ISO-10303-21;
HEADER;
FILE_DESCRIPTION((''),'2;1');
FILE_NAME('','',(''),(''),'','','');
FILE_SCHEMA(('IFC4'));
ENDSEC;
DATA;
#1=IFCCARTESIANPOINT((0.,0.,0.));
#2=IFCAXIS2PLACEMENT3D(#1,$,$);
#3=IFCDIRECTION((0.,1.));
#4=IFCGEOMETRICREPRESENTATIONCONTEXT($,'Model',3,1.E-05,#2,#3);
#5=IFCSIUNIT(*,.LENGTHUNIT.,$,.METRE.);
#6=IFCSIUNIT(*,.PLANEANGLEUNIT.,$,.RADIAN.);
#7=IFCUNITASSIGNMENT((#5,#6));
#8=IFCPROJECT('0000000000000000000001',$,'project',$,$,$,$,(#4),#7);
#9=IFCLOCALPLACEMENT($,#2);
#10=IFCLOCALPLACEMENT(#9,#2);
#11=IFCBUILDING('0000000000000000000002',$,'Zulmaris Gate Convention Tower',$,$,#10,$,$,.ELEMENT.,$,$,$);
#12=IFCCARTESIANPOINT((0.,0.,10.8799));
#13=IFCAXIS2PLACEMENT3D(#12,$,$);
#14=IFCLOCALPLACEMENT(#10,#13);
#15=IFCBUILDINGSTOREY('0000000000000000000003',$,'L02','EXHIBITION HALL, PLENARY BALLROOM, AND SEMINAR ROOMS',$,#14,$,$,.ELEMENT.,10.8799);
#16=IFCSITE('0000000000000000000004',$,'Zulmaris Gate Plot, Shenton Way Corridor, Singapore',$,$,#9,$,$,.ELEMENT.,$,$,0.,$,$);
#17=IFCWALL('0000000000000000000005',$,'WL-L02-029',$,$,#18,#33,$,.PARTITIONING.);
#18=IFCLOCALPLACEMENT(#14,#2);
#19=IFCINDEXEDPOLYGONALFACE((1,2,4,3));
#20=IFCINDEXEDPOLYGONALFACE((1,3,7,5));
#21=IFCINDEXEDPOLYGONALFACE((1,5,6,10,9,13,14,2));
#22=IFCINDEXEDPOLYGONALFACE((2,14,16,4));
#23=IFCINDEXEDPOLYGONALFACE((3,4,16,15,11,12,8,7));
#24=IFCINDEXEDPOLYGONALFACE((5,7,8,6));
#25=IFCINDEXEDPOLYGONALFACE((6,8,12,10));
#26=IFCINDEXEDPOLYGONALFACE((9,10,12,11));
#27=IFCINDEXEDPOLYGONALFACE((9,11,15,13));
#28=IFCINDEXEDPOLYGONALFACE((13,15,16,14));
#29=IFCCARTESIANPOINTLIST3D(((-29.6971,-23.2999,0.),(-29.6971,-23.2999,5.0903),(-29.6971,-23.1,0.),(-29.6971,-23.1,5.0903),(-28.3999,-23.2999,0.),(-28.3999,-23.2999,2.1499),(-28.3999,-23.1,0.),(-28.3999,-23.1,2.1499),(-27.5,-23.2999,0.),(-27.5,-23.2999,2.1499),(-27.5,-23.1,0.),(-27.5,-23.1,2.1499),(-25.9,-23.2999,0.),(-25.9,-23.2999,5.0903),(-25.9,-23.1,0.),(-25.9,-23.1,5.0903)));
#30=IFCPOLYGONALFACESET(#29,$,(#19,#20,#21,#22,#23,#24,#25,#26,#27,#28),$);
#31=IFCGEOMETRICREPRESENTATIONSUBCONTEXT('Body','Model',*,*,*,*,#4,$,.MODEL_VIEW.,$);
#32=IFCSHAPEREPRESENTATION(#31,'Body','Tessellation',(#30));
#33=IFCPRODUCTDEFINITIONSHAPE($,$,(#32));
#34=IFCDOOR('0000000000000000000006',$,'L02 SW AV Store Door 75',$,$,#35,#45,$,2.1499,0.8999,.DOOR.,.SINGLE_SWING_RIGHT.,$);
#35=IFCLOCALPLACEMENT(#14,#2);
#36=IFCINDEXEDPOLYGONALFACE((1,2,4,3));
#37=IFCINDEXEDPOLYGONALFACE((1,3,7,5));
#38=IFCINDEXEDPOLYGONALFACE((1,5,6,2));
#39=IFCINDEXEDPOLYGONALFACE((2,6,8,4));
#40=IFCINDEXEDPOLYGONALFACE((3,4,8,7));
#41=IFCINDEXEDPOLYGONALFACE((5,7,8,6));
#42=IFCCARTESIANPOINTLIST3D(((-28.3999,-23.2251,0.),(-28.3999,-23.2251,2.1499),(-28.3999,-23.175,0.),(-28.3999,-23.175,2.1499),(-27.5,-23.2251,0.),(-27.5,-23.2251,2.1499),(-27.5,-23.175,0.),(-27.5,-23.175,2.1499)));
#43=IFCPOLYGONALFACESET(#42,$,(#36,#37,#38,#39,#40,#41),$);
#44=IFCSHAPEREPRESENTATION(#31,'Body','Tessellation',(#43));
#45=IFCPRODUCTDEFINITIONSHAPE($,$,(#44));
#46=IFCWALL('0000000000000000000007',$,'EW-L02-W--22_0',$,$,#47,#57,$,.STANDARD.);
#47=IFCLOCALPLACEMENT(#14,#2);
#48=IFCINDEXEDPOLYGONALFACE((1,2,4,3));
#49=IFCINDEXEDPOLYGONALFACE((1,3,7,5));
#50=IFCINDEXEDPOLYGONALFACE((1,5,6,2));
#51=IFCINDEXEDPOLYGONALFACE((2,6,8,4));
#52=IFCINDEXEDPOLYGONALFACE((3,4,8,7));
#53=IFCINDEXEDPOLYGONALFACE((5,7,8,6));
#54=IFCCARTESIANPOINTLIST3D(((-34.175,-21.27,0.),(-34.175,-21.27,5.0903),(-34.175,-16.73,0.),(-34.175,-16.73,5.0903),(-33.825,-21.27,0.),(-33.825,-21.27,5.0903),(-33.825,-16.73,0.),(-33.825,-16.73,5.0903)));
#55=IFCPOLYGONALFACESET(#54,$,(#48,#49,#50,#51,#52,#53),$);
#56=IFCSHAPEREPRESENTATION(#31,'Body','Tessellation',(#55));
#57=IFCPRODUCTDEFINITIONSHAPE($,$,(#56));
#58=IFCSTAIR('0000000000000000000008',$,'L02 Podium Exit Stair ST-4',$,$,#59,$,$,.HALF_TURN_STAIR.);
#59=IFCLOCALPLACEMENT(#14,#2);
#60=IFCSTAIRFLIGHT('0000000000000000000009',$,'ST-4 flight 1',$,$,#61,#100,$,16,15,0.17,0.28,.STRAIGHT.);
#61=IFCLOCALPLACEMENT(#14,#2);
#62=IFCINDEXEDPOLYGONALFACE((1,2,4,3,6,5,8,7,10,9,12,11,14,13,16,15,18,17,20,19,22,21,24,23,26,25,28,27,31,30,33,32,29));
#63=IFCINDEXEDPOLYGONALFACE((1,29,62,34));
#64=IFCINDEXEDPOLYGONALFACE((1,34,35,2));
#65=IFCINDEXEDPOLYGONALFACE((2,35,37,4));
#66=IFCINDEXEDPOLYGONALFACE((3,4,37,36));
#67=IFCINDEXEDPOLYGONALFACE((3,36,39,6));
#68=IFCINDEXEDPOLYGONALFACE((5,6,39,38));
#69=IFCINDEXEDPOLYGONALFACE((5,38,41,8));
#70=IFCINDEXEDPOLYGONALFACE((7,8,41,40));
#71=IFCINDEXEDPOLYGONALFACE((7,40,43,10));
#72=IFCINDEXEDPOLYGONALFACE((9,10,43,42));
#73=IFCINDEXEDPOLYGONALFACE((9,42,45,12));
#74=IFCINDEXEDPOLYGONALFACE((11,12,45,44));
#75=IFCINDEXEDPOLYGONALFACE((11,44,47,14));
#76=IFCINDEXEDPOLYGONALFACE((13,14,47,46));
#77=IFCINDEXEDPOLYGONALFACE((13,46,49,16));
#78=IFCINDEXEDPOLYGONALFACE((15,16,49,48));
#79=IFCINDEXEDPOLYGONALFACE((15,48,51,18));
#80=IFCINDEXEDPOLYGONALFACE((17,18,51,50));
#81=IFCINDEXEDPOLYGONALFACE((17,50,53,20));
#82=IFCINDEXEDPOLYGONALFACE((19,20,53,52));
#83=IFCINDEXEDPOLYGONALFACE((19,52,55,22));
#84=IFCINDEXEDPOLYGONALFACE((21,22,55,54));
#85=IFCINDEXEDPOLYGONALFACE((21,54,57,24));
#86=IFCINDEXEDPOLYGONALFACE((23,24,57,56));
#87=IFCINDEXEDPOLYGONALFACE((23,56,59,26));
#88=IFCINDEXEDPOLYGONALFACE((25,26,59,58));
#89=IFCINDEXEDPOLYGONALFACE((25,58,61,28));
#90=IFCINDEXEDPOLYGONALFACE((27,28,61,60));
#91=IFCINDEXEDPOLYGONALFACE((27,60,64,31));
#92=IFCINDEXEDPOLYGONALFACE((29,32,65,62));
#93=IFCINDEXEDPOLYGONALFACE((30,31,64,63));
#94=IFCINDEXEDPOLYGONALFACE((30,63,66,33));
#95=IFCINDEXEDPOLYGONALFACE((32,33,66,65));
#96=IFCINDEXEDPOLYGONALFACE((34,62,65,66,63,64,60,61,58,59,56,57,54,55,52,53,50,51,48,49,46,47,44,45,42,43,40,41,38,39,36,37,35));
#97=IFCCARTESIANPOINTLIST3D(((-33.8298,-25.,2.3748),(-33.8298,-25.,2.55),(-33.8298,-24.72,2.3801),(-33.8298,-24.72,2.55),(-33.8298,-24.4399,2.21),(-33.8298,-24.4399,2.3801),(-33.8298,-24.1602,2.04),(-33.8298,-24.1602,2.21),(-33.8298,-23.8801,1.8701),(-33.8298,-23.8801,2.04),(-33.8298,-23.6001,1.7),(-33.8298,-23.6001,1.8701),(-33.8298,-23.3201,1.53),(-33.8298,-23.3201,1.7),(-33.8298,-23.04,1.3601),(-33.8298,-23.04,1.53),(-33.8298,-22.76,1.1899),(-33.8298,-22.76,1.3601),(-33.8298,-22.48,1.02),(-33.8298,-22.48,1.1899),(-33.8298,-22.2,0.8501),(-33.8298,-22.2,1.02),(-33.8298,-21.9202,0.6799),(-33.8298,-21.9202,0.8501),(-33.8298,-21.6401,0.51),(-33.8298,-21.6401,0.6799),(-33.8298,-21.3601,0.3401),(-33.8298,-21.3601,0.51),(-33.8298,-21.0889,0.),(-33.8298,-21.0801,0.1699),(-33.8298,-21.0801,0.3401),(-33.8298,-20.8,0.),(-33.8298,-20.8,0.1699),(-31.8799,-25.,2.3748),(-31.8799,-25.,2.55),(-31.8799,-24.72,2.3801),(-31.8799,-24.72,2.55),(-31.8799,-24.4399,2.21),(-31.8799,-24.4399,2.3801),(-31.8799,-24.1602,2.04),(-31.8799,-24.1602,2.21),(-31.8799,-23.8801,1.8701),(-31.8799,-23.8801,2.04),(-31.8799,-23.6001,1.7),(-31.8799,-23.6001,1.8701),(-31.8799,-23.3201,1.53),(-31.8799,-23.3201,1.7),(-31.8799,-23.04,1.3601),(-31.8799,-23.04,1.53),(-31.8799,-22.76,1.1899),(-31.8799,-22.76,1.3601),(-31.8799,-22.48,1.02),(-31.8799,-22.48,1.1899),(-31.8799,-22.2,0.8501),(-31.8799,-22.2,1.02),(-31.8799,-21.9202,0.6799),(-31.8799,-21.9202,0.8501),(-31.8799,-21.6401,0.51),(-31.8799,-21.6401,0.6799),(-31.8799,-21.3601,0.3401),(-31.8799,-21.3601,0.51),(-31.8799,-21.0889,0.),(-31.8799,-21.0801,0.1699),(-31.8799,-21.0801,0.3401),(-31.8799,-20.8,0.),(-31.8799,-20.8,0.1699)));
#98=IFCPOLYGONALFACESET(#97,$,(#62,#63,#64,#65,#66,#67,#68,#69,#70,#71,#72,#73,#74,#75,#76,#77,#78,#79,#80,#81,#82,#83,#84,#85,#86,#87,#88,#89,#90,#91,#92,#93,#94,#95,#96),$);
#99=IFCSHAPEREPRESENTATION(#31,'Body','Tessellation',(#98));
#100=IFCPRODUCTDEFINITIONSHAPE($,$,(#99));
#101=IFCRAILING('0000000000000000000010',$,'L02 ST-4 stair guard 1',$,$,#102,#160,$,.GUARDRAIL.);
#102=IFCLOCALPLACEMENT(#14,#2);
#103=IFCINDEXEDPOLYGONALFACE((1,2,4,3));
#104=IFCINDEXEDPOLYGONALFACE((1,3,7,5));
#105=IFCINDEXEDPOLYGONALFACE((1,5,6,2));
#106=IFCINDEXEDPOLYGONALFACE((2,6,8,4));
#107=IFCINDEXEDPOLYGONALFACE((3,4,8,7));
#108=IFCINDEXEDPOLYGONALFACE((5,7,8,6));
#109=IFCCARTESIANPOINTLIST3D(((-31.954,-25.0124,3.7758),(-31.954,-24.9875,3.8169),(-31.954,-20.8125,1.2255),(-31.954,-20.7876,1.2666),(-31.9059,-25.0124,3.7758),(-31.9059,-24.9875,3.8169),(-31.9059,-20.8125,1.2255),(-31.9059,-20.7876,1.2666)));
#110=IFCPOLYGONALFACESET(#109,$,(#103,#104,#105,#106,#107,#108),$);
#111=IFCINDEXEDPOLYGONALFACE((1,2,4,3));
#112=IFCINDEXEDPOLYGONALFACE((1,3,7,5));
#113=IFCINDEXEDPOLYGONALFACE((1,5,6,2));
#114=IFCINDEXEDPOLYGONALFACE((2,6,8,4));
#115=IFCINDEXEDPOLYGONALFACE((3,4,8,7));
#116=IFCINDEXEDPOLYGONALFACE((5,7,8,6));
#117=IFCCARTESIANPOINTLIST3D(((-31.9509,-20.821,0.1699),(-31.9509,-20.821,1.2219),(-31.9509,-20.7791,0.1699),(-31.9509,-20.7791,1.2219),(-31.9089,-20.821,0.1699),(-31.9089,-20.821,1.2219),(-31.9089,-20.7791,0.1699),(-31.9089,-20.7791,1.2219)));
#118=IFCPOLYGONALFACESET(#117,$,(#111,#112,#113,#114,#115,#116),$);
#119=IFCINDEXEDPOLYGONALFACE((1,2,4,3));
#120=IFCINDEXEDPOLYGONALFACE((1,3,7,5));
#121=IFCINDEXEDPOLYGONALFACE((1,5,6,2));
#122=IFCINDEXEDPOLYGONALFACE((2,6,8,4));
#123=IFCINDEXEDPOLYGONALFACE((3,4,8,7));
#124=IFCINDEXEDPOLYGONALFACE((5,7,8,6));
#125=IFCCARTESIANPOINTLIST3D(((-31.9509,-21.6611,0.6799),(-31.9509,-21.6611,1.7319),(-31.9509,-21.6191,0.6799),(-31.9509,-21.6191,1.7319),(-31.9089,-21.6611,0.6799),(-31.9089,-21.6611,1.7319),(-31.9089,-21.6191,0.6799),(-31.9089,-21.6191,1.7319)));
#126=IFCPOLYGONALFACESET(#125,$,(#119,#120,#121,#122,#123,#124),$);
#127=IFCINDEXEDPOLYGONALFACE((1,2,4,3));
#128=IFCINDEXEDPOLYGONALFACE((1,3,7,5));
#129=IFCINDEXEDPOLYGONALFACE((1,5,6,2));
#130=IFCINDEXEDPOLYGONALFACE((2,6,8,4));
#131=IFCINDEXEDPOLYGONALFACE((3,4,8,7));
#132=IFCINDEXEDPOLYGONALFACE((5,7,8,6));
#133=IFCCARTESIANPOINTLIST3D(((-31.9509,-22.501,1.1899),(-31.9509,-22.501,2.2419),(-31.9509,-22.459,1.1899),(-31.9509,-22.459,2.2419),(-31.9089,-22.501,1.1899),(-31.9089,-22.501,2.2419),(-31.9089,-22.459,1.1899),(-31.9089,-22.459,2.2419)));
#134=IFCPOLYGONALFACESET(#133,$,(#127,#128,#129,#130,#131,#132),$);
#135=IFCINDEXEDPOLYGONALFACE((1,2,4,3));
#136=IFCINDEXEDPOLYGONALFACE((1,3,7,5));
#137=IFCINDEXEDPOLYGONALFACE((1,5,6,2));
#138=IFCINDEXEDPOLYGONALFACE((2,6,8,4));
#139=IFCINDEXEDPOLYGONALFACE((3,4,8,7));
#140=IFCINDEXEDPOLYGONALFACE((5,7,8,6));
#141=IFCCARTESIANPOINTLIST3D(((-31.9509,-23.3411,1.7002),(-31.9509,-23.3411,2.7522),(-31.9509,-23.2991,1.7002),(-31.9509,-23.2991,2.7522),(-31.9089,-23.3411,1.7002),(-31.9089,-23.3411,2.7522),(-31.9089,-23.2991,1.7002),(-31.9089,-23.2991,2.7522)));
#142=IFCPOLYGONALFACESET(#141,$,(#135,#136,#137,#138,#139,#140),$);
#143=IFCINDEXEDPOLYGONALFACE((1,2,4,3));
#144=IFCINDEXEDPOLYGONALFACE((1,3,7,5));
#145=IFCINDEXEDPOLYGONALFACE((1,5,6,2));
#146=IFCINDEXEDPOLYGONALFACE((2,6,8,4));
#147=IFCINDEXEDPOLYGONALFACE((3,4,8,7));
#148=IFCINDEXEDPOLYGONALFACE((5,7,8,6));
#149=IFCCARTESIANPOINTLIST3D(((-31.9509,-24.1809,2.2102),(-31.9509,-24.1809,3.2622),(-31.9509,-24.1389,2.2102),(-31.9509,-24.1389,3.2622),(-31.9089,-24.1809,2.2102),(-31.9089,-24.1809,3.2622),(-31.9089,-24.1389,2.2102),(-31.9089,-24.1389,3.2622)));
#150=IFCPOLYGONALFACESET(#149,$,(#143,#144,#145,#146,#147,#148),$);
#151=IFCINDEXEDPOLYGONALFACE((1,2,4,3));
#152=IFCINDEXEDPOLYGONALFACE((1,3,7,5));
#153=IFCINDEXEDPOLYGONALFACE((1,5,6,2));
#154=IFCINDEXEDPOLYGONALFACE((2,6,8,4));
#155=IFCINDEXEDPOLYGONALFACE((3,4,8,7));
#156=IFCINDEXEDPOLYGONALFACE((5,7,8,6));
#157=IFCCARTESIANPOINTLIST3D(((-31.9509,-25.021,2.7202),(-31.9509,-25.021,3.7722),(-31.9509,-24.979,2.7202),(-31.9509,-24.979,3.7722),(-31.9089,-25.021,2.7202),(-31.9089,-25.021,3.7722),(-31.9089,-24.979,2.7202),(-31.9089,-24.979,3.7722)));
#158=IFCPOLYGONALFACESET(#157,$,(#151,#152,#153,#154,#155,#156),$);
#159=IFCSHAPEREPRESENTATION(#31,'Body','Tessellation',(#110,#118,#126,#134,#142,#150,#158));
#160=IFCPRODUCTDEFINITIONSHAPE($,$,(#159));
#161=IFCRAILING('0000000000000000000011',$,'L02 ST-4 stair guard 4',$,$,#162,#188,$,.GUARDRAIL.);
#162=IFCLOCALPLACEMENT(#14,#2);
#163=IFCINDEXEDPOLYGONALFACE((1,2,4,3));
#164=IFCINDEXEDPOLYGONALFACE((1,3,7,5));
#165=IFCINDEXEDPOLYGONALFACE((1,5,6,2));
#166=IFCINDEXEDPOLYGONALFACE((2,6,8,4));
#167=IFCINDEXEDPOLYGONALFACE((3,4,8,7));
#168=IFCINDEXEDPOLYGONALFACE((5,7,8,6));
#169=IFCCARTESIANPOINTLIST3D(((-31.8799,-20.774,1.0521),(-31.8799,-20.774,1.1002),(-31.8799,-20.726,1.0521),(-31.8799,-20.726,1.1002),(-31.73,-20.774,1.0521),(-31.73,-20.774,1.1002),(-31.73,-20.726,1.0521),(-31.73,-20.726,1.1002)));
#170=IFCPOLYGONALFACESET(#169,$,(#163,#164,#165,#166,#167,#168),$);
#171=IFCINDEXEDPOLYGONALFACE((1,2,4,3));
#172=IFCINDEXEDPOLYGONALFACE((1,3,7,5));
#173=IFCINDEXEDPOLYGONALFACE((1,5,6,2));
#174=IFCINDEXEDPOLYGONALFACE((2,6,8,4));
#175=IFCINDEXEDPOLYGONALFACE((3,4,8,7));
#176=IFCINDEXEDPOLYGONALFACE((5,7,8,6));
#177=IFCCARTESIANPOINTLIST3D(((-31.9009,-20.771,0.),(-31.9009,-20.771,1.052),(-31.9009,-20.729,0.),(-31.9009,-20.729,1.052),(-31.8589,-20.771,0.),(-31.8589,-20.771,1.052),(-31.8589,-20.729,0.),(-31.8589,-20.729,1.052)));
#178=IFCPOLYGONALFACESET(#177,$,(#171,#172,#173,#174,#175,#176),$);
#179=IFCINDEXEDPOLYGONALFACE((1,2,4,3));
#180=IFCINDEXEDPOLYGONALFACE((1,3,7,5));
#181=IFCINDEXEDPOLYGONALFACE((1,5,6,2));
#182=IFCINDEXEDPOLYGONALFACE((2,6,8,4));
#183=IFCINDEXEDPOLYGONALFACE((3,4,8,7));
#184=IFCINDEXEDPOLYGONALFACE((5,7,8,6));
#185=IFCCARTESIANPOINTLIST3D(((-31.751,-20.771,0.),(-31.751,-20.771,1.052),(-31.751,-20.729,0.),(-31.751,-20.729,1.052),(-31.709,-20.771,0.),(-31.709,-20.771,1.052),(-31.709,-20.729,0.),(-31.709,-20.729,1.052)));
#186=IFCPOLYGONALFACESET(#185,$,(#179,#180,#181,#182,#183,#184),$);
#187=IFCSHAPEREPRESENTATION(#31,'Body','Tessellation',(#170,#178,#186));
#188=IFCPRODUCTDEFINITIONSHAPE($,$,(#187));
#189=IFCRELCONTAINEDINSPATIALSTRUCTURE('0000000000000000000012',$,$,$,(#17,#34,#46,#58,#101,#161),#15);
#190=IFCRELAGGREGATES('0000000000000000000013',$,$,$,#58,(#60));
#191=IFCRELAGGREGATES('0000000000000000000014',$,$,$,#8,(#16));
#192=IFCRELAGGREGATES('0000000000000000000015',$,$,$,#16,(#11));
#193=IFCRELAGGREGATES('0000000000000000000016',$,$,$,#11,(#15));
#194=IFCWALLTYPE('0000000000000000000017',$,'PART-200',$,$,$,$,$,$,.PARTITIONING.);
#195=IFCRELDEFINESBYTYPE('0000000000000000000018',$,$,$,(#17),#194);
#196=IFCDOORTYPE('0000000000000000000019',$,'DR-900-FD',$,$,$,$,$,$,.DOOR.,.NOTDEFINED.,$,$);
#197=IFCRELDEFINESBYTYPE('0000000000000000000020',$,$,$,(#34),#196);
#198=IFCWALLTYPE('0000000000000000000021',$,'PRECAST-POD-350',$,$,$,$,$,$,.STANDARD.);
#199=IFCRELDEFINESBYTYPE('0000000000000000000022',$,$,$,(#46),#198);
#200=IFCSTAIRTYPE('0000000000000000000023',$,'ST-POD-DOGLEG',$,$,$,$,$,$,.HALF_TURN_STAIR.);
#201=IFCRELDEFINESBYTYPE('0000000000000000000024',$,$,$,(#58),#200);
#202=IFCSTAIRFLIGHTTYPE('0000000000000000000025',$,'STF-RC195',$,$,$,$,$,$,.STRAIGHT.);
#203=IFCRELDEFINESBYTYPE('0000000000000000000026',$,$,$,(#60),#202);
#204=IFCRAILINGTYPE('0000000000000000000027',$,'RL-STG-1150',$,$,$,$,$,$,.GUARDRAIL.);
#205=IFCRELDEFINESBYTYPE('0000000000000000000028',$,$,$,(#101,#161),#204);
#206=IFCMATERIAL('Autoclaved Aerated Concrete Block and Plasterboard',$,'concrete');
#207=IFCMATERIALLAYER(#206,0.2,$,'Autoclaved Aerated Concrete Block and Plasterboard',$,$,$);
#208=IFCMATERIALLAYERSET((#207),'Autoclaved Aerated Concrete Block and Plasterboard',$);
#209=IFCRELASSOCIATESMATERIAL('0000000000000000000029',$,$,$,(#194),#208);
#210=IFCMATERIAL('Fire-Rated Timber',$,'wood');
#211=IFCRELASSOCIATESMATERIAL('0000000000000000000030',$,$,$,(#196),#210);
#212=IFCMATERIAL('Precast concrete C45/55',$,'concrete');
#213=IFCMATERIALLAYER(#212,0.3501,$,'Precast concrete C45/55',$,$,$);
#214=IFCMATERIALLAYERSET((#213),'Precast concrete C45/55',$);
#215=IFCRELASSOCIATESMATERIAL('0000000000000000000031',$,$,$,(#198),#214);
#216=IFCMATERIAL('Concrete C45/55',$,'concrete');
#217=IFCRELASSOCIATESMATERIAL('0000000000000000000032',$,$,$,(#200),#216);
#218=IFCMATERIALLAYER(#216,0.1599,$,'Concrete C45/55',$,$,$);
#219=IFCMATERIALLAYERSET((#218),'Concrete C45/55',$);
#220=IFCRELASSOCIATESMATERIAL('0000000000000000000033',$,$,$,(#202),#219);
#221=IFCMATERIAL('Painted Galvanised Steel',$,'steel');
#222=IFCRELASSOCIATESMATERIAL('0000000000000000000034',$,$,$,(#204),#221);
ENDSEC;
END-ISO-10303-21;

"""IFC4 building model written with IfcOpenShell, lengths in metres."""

from ifc_helpers import new_model, si_unit, direction, frame, frame_2d, origin, origin_2d, place, context, subcontext, project, spatial, polyline, rectangle, outline, extrude, material, layer, layer_set, type_object, element, fill, aggregate, save


model = new_model("IFC4")

# Units and contexts
model_context = context("Model", 3, precision=1e-05, world=origin(), true_north=direction((0.0, 1.0)))
body_context = subcontext(model_context, "Body", "Model", "MODEL_VIEW")
ifc_project = project(units=[si_unit("LENGTHUNIT", "METRE"), si_unit("PLANEANGLEUNIT", "RADIAN")], contexts=[model_context])

# Site, building, storey
site_placement = place(None, origin())
site = spatial("IfcSite", under=ifc_project, at=site_placement, Name="Zulmaris Gate Plot, Shenton Way Corridor, Singapore", CompositionType="ELEMENT", RefElevation=0.0)
building_placement = place(site_placement, origin())
building = spatial("IfcBuilding", under=site, at=building_placement, Name="Zulmaris Gate Convention Tower", CompositionType="ELEMENT")
storey_placement = place(building_placement, frame((0.0, 0.0, 10.8799)))
storey = spatial("IfcBuildingStorey", under=building, at=storey_placement, Name="L02", Description="EXHIBITION HALL, PLENARY BALLROOM, AND SEMINAR ROOMS", CompositionType="ELEMENT", Elevation=10.8799)

# Shared definitions
ifc_material_1 = material(Name="Fire-Rated Timber", Category="wood")

# Wall, opening, door
ifc_material_2 = material(Name="Autoclaved Aerated Concrete Block and Plasterboard", Category="concrete")
ifc_layer_1 = layer(ifc_material_2, 0.2, Name="Autoclaved Aerated Concrete Block and Plasterboard")
ifc_layer_set_1 = layer_set([ifc_layer_1], Name="Autoclaved Aerated Concrete Block and Plasterboard")
wall_type_1 = type_object("IfcWallType", Name="PART-200", PredefinedType="PARTITIONING", material=ifc_layer_set_1)
wall_1_placement = place(storey_placement, frame((-29.697, -23.2, 0.0), z_axis=(0.0, 0.0, 1.0), x_axis=(1.0, 0.0, 0.0)))
wall_1 = element("IfcWall", 1, at=wall_1_placement, inside=storey, type_object=wall_type_1, Name="WL-L02-029", PredefinedType="PARTITIONING", context=body_context, shape_type="SweptSolid", body=[
    extrude(rectangle(XDim=3.7971, YDim=0.2, at=frame_2d((1.8984, 0.0))), origin(), (0.0, 0.0, 1.0), 5.0903),
])
opening_1_placement = place(wall_1_placement, frame((1.2971, 0.0, 0.0)))
opening_1 = element("IfcOpeningElement", 2, at=opening_1_placement, cuts=wall_1, PredefinedType="OPENING", context=body_context, shape_type="SweptSolid", body=[
    extrude(rectangle(XDim=0.8999, YDim=2.1499, at=frame_2d((0.45, 1.075))), frame((0.0, 0.1099, 0.0), z_axis=(0.0, -1.0, 0.0), x_axis=(1.0, 0.0, 0.0)), (0.0, 0.0, 1.0), 0.22),
])
door_type_1 = type_object("IfcDoorType", Name="DR-900-FD", OperationType="NOTDEFINED", PredefinedType="DOOR", material=ifc_material_1)
door_1_placement = place(opening_1_placement, origin())
door_1 = element("IfcDoor", 3, at=door_1_placement, inside=storey, type_object=door_type_1, Name="L02 SW AV Store Door 75", OperationType="SINGLE_SWING_RIGHT", OverallHeight=2.1499, OverallWidth=0.8999, PredefinedType="DOOR", context=body_context, shape_type="SweptSolid", body=[
    extrude(rectangle(XDim=0.8999, YDim=2.1499, at=frame_2d((0.45, 1.075))), frame((0.0, 0.0249, 0.0), z_axis=(0.0, -1.0, 0.0), x_axis=(1.0, 0.0, 0.0)), (0.0, 0.0, 1.0), 0.05),
])
fill(opening_1, door_1)

# Wall
ifc_material_3 = material(Name="Precast concrete C45/55", Category="concrete")
ifc_layer_2 = layer(ifc_material_3, 0.3501, Name="Precast concrete C45/55")
ifc_layer_set_2 = layer_set([ifc_layer_2], Name="Precast concrete C45/55")
wall_type_2 = type_object("IfcWallType", Name="PRECAST-POD-350", PredefinedType="STANDARD", material=ifc_layer_set_2)
wall_2_placement = place(storey_placement, frame((-34.0, -21.27, 0.0), z_axis=(0.0, 0.0, 1.0), x_axis=(0.0, 1.0, 0.0)))
element("IfcWall", 4, at=wall_2_placement, inside=storey, type_object=wall_type_2, Name="EW-L02-W--22_0", PredefinedType="STANDARD", context=body_context, shape_type="SweptSolid", body=[
    extrude(rectangle(XDim=4.54, YDim=0.3501, at=frame_2d((2.27, 0.0))), origin(), (0.0, 0.0, 1.0), 5.0903),
])

# Stair, stair flight
ifc_material_4 = material(Name="Concrete C45/55", Category="concrete")
stair_type = type_object("IfcStairType", Name="ST-POD-DOGLEG", PredefinedType="HALF_TURN_STAIR", material=ifc_material_4)
stair_placement = place(storey_placement, origin())
stair = element("IfcStair", 5, at=stair_placement, inside=storey, type_object=stair_type, Name="L02 Podium Exit Stair ST-4", PredefinedType="HALF_TURN_STAIR")
ifc_layer_3 = layer(ifc_material_4, 0.1599, Name="Concrete C45/55")
ifc_layer_set_3 = layer_set([ifc_layer_3], Name="Concrete C45/55")
stair_flight_type = type_object("IfcStairFlightType", Name="STF-RC195", PredefinedType="STRAIGHT", material=ifc_layer_set_3)
stair_flight_placement = place(storey_placement, frame((-32.855, -20.8, 0.0), z_axis=(0.0, 0.0, 1.0), x_axis=(0.0, -1.0, 0.0)))
stair_flight = element("IfcStairFlight", 6, at=stair_flight_placement, type_object=stair_flight_type, Name="ST-4 flight 1", NumberOfRisers=16, NumberOfTreads=15, PredefinedType="STRAIGHT", RiserHeight=0.17, TreadLength=0.28, context=body_context, shape_type="SweptSolid", body=[
    extrude(outline(polyline([(0.0, 0.0), (0.0, 0.1699), (0.28, 0.1699), (0.28, 0.3401), (0.5601, 0.3401), (0.5601, 0.51), (0.8401, 0.51), (0.8401, 0.6799), (1.1201, 0.6799), (1.1201, 0.8501), (1.3999, 0.8501), (1.3999, 1.02), (1.6799, 1.02), (1.6799, 1.1899), (1.96, 1.1899), (1.96, 1.3601), (2.24, 1.3601), (2.24, 1.53), (2.52, 1.53), (2.52, 1.7), (2.8, 1.7), (2.8, 1.8701), (3.0801, 1.8701), (3.0801, 2.04), (3.3601, 2.04), (3.3601, 2.21), (3.6399, 2.21), (3.6399, 2.3801), (3.9199, 2.3801), (3.9199, 2.55), (4.2, 2.55), (4.2, 2.7202), (4.2, 2.3748), (0.2888, 0.0), (0.0, 0.0)])), frame((0.0, 0.9751, 0.0), z_axis=(0.0, -1.0, 0.0), x_axis=(1.0, 0.0, 0.0)), (0.0, 0.0, 1.0), 1.95),
])
aggregate(stair, [stair_flight])

# Railings
ifc_material_5 = material(Name="Painted Galvanised Steel", Category="steel")
railing_type_1 = type_object("IfcRailingType", Name="RL-STG-1150", PredefinedType="GUARDRAIL", material=ifc_material_5)
railing_1_placement = place(storey_placement, frame((-31.9299, -20.8, 0.1699)))
element("IfcRailing", 7, at=railing_1_placement, inside=storey, type_object=railing_type_1, Name="L02 ST-4 stair guard 1", PredefinedType="GUARDRAIL", context=body_context, shape_type="SweptSolid", body=[
    extrude(rectangle(XDim=0.0481, YDim=0.0481, at=origin_2d()), frame((0.0, 0.0, 1.0762), z_axis=(0.0, -0.854758, 0.519026), x_axis=(1.0, 0.0, 0.0)), (0.0, 0.0, 1.0), 4.9136),
    extrude(rectangle(XDim=0.042, YDim=0.042, at=origin_2d()), origin(), (0.0, 0.0, 1.0), 1.052),
    extrude(rectangle(XDim=0.042, YDim=0.042, at=origin_2d()), frame((0.0, -0.8401, 0.51)), (0.0, 0.0, 1.0), 1.052),
    extrude(rectangle(XDim=0.042, YDim=0.042, at=origin_2d()), frame((0.0, -1.6799, 1.02)), (0.0, 0.0, 1.0), 1.052),
    extrude(rectangle(XDim=0.042, YDim=0.042, at=origin_2d()), frame((0.0, -2.52, 1.5303)), (0.0, 0.0, 1.0), 1.052),
    extrude(rectangle(XDim=0.042, YDim=0.042, at=origin_2d()), frame((0.0, -3.3599, 2.0403)), (0.0, 0.0, 1.0), 1.052),
    extrude(rectangle(XDim=0.042, YDim=0.042, at=origin_2d()), frame((0.0, -4.2, 2.5503)), (0.0, 0.0, 1.0), 1.052),
])
railing_2_placement = place(storey_placement, frame((-31.8799, -20.75, 0.0)))
element("IfcRailing", 8, at=railing_2_placement, inside=storey, type_object=railing_type_1, Name="L02 ST-4 stair guard 4", PredefinedType="GUARDRAIL", context=body_context, shape_type="SweptSolid", body=[
    extrude(rectangle(XDim=0.0481, YDim=0.0481, at=origin_2d()), frame((0.0, 0.0, 1.0762), z_axis=(1.0, 0.0, 0.0), x_axis=(0.0, 1.0, 0.0)), (0.0, 0.0, 1.0), 0.1499),
    extrude(rectangle(XDim=0.042, YDim=0.042, at=origin_2d()), origin(), (0.0, 0.0, 1.0), 1.052),
    extrude(rectangle(XDim=0.042, YDim=0.042, at=origin_2d()), frame((0.1499, 0.0, 0.0)), (0.0, 0.0, 1.0), 1.052),
])

save(model, "model.ifc")
